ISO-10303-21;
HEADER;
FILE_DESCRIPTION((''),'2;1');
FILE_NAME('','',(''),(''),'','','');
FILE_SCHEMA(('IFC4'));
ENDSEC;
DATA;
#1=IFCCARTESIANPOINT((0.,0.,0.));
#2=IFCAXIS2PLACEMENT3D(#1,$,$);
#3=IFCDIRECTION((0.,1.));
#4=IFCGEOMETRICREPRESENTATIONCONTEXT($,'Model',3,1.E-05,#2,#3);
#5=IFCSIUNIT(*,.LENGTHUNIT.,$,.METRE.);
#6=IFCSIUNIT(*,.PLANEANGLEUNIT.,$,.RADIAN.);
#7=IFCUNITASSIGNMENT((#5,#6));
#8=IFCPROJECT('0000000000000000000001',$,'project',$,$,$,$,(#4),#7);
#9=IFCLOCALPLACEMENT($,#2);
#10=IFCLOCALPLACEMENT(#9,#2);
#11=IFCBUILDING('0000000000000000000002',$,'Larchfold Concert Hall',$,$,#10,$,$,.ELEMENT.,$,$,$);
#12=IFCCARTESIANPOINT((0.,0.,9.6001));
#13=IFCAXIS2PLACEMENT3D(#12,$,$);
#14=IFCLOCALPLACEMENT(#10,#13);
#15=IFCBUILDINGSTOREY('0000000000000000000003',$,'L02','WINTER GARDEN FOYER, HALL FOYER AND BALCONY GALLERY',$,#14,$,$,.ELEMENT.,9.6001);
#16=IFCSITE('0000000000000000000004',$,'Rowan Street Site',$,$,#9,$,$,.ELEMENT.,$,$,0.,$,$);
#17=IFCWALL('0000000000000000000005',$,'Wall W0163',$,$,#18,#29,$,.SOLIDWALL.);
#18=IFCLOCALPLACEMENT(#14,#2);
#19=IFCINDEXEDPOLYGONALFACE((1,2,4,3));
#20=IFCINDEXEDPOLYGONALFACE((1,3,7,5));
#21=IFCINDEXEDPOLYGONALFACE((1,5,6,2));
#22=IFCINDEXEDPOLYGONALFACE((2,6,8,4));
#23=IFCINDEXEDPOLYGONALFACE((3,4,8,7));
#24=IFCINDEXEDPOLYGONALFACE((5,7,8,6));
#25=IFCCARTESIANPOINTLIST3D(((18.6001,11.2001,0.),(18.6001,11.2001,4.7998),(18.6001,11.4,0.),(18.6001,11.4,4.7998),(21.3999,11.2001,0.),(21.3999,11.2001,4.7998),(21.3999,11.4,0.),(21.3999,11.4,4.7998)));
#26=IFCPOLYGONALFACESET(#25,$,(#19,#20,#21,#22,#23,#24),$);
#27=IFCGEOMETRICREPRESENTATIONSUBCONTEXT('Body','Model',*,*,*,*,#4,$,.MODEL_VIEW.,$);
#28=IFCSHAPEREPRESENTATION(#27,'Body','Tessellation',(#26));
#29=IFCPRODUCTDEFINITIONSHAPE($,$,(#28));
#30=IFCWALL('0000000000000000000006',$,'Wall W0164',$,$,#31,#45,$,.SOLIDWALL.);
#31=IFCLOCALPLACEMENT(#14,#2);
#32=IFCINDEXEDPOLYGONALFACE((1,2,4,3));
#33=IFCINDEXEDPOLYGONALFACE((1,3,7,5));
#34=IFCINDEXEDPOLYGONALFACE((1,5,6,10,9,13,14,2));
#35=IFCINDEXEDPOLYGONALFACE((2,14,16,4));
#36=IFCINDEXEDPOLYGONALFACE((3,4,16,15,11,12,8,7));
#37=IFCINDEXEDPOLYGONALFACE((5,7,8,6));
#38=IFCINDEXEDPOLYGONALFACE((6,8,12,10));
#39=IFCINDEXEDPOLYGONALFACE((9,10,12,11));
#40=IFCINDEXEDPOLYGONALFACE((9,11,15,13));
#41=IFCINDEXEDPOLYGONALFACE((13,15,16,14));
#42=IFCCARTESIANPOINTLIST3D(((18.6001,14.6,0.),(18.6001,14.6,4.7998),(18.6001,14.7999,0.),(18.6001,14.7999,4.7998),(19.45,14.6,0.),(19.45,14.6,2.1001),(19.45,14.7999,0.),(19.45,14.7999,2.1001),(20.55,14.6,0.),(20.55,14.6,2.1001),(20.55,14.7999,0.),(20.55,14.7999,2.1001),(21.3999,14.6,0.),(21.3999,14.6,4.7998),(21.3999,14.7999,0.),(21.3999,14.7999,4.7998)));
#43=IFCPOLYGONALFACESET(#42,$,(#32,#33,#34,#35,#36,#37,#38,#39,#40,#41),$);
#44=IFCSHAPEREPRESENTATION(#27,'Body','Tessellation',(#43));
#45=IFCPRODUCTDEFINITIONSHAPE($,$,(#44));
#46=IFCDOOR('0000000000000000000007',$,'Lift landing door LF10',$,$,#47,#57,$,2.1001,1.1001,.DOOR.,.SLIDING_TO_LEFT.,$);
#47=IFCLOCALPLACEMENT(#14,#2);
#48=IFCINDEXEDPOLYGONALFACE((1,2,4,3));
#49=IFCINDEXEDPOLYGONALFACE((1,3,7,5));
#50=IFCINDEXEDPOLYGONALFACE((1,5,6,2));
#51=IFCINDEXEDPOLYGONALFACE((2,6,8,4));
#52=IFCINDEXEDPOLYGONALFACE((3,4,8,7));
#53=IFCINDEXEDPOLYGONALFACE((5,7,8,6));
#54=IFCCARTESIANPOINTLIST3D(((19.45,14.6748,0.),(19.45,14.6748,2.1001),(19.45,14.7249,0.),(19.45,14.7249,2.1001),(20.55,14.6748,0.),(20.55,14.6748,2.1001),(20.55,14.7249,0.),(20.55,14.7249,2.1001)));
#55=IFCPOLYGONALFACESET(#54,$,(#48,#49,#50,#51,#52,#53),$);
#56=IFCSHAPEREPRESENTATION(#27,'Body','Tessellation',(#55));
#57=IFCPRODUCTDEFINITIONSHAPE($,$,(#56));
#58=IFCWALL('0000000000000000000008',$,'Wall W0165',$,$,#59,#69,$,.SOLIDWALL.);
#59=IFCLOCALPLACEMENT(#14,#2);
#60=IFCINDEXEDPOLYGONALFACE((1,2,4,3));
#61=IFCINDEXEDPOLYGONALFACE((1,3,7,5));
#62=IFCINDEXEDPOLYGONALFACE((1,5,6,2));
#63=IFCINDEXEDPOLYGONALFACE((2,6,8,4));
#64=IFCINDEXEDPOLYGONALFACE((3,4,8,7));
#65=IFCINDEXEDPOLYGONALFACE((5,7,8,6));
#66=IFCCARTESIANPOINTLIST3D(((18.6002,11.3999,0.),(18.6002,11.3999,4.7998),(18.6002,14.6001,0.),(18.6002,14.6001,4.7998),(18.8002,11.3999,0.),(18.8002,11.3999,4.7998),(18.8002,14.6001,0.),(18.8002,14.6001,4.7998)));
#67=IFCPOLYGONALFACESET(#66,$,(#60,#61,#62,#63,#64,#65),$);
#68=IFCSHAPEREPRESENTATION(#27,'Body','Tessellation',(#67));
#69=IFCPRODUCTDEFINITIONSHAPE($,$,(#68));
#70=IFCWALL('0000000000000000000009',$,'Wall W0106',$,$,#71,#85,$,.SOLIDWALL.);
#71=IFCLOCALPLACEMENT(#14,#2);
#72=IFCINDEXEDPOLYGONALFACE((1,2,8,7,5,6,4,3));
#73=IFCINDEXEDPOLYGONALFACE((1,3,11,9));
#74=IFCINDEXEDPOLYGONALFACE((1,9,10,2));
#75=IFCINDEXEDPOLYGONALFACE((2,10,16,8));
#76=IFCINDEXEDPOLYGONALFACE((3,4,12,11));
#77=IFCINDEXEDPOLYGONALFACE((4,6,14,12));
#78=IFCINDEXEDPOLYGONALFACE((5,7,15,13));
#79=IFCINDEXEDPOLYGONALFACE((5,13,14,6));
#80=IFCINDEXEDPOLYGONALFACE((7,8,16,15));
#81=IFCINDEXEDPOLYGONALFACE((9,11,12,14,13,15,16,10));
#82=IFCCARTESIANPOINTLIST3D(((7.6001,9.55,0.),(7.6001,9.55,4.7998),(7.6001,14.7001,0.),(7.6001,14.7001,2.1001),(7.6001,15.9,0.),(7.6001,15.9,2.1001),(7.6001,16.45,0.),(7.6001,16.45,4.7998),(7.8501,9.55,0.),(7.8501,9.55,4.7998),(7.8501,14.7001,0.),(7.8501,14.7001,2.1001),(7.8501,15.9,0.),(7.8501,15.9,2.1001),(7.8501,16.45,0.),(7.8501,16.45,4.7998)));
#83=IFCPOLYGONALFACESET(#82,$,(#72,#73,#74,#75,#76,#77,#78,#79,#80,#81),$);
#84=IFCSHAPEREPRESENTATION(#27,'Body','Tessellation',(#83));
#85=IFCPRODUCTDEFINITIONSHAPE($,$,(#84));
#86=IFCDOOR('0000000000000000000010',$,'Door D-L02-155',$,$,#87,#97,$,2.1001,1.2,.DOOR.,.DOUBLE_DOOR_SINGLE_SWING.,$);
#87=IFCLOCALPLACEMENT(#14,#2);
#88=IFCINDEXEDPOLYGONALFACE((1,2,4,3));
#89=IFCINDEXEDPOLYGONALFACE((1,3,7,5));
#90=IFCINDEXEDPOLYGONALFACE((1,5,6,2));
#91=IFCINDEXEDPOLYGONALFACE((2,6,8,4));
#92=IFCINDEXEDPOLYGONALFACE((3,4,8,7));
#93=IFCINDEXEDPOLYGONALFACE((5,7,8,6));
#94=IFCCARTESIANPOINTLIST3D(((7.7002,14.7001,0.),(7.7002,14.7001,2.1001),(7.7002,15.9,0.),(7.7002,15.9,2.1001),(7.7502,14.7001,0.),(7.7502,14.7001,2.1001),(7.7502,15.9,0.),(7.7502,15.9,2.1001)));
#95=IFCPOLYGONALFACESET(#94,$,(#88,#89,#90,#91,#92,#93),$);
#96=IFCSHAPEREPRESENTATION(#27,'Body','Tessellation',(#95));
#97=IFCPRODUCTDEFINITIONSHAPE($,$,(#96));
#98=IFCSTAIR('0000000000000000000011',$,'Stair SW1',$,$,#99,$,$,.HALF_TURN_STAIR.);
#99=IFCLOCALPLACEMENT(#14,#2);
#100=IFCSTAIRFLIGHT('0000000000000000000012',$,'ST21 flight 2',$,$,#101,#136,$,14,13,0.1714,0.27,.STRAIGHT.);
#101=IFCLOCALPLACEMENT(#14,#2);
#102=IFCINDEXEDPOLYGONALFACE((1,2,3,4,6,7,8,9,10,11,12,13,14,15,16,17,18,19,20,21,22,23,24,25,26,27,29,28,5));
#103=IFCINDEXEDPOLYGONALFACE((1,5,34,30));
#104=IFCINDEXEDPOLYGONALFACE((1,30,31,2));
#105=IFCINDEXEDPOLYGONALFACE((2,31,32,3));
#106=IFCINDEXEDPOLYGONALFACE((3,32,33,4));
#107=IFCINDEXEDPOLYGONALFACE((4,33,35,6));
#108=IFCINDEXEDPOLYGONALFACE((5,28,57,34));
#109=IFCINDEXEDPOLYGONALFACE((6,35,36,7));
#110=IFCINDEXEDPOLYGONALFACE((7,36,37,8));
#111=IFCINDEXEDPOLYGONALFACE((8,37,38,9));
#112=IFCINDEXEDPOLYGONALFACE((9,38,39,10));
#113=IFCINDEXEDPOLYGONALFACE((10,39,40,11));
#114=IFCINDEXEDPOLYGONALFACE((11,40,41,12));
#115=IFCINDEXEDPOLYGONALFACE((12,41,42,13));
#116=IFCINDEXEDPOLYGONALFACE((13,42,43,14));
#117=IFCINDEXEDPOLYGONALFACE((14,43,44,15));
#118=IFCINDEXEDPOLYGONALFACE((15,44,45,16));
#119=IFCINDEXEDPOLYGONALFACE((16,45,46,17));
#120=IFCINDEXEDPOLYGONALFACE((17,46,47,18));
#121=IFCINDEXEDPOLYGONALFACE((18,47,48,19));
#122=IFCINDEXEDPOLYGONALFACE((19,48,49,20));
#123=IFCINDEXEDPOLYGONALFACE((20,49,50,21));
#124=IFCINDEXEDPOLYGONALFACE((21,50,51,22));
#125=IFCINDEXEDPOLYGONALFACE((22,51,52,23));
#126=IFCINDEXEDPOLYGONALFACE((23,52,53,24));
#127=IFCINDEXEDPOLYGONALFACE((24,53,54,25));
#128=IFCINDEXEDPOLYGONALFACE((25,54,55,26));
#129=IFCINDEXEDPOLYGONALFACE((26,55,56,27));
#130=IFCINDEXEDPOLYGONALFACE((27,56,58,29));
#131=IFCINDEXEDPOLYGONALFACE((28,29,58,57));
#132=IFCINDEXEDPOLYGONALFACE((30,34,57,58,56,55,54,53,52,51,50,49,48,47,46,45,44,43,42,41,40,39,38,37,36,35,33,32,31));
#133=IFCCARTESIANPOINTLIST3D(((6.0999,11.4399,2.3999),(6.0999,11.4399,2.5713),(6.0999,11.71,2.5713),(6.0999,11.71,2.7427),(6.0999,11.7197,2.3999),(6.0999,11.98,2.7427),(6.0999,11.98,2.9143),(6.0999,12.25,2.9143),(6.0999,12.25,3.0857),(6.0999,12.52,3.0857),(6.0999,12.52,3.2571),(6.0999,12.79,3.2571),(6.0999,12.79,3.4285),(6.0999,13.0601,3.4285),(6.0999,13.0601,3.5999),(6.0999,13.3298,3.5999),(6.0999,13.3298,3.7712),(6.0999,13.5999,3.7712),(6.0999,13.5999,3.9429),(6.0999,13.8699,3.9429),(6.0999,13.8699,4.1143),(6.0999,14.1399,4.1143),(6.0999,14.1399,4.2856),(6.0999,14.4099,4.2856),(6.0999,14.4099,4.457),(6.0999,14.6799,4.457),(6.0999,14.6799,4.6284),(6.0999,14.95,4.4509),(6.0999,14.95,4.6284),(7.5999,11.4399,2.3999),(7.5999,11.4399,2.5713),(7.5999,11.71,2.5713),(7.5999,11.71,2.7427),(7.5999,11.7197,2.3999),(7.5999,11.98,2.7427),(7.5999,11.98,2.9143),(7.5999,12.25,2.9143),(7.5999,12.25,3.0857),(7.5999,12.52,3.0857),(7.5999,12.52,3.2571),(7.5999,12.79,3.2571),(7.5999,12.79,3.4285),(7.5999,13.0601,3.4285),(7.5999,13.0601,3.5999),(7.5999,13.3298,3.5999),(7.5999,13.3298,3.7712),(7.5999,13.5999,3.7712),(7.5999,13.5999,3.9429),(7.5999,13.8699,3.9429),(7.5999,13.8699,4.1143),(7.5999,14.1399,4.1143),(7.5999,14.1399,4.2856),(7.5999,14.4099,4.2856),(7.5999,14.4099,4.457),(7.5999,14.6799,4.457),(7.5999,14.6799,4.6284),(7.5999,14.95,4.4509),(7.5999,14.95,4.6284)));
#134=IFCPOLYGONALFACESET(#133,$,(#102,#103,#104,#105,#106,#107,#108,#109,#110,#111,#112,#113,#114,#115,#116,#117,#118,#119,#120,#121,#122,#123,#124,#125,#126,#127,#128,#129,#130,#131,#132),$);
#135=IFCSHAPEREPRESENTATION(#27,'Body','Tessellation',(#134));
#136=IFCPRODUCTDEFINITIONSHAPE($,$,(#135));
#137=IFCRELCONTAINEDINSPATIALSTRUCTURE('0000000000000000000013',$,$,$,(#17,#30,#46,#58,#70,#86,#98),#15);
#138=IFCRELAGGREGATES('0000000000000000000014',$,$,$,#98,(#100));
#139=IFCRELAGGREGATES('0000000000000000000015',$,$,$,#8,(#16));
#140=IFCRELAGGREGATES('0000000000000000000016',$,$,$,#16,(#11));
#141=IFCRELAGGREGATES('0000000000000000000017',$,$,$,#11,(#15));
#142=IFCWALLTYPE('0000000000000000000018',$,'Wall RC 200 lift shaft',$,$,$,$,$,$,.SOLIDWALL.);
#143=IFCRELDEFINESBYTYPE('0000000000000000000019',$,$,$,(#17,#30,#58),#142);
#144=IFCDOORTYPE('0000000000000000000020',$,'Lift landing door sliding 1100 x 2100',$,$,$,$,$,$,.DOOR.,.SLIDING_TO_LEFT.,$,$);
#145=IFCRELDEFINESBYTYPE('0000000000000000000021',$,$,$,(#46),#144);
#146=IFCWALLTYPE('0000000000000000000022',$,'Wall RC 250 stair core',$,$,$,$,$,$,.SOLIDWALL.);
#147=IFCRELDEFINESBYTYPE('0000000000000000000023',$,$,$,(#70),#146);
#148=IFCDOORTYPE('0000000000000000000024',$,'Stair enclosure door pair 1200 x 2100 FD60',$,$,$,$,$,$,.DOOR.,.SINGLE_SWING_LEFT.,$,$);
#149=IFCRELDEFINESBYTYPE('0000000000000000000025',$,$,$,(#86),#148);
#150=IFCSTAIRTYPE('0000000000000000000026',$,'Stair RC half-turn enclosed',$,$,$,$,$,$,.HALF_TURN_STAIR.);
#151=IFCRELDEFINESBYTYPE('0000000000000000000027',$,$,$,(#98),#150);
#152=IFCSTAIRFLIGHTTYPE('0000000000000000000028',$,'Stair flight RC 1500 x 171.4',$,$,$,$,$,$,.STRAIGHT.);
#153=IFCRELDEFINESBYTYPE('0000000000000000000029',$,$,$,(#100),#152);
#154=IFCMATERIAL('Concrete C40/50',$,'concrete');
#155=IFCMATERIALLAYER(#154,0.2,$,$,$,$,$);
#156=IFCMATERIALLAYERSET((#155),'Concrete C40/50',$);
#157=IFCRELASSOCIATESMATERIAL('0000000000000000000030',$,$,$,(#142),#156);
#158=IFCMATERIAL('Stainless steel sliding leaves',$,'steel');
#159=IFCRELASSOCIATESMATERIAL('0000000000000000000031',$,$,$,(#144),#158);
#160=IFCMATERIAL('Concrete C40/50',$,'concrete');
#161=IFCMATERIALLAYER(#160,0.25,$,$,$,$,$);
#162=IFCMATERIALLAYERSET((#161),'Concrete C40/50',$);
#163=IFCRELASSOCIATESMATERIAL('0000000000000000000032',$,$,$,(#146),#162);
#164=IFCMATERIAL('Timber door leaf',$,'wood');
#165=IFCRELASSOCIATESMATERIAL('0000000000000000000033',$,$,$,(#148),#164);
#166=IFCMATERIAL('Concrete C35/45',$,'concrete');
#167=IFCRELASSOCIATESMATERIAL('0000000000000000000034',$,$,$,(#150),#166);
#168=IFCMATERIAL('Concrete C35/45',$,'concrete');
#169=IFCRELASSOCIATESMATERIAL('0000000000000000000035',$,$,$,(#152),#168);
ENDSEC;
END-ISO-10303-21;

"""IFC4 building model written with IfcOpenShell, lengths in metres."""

from ifc_helpers import new_model, si_unit, direction, frame, frame_2d, origin, place, context, subcontext, project, spatial, polyline, rectangle, outline, extrude, material, layer, layer_set, type_object, element, fill, aggregate, save


model = new_model("IFC4")

# Units and contexts
model_context = context("Model", 3, precision=1e-05, world=origin(), true_north=direction((0.0, 1.0)))
body_context = subcontext(model_context, "Body", "Model", "MODEL_VIEW")
ifc_project = project(units=[si_unit("LENGTHUNIT", "METRE"), si_unit("PLANEANGLEUNIT", "RADIAN")], contexts=[model_context])

# Site, building, storey
site_placement = place(None, origin())
site = spatial("IfcSite", under=ifc_project, at=site_placement, Name="Rowan Street Site", CompositionType="ELEMENT", RefElevation=0.0)
building_placement = place(site_placement, origin())
building = spatial("IfcBuilding", under=site, at=building_placement, Name="Larchfold Concert Hall", CompositionType="ELEMENT")
storey_placement = place(building_placement, frame((0.0, 0.0, 9.6001)))
storey = spatial("IfcBuildingStorey", under=building, at=storey_placement, Name="L02", Description="WINTER GARDEN FOYER, HALL FOYER AND BALCONY GALLERY", CompositionType="ELEMENT", Elevation=9.6001)

# Wall
ifc_material_1 = material(Name="Concrete C40/50", Category="concrete")
ifc_layer_1 = layer(ifc_material_1, 0.2)
ifc_layer_set_1 = layer_set([ifc_layer_1], Name="Concrete C40/50")
wall_type_1 = type_object("IfcWallType", Name="Wall RC 200 lift shaft", PredefinedType="SOLIDWALL", material=ifc_layer_set_1)
wall_1_placement = place(storey_placement, frame((18.6001, 11.3, 0.0), z_axis=(0.0, 0.0, 1.0), x_axis=(1.0, 0.0, 0.0)))
element("IfcWall", 1, at=wall_1_placement, inside=storey, type_object=wall_type_1, Name="Wall W0163", PredefinedType="SOLIDWALL", context=body_context, shape_type="SweptSolid", body=[
    extrude(rectangle(XDim=2.7998, YDim=0.2, at=frame_2d((1.3999, 0.0))), origin(), (0.0, 0.0, 1.0), 4.7998),
])

# Wall, opening, door
wall_2_placement = place(storey_placement, frame((18.6001, 14.7, 0.0), z_axis=(0.0, 0.0, 1.0), x_axis=(1.0, 0.0, 0.0)))
wall_2 = element("IfcWall", 2, at=wall_2_placement, inside=storey, type_object=wall_type_1, Name="Wall W0164", PredefinedType="SOLIDWALL", context=body_context, shape_type="SweptSolid", body=[
    extrude(rectangle(XDim=2.7998, YDim=0.2, at=frame_2d((1.3999, 0.0))), origin(), (0.0, 0.0, 1.0), 4.7998),
])
opening_1_placement = place(wall_2_placement, frame((0.8499, 0.0, 0.0)))
opening_1 = element("IfcOpeningElement", 3, at=opening_1_placement, cuts=wall_2, PredefinedType="OPENING", context=body_context, shape_type="SweptSolid", body=[
    extrude(rectangle(XDim=1.1001, YDim=2.1001, at=frame_2d((0.55, 1.05))), frame((0.0, 0.1099, 0.0), z_axis=(0.0, -1.0, 0.0), x_axis=(1.0, 0.0, 0.0)), (0.0, 0.0, 1.0), 0.22),
])
ifc_material_2 = material(Name="Stainless steel sliding leaves", Category="steel")
door_type_1 = type_object("IfcDoorType", Name="Lift landing door sliding 1100 x 2100", OperationType="SLIDING_TO_LEFT", PredefinedType="DOOR", material=ifc_material_2)
door_1_placement = place(opening_1_placement, origin())
door_1 = element("IfcDoor", 4, at=door_1_placement, inside=storey, type_object=door_type_1, Name="Lift landing door LF10", OperationType="SLIDING_TO_LEFT", OverallHeight=2.1001, OverallWidth=1.1001, PredefinedType="DOOR", context=body_context, shape_type="SweptSolid", body=[
    extrude(rectangle(XDim=1.1001, YDim=2.1001, at=frame_2d((0.55, 1.05))), frame((0.0, 0.0249, 0.0), z_axis=(0.0, -1.0, 0.0), x_axis=(1.0, 0.0, 0.0)), (0.0, 0.0, 1.0), 0.05),
])
fill(opening_1, door_1)

# Wall
wall_3_placement = place(storey_placement, frame((18.7002, 11.3999, 0.0), z_axis=(0.0, 0.0, 1.0), x_axis=(0.0, 1.0, 0.0)))
element("IfcWall", 5, at=wall_3_placement, inside=storey, type_object=wall_type_1, Name="Wall W0165", PredefinedType="SOLIDWALL", context=body_context, shape_type="SweptSolid", body=[
    extrude(rectangle(XDim=3.2002, YDim=0.2, at=frame_2d((1.6001, 0.0))), origin(), (0.0, 0.0, 1.0), 4.7998),
])

# Wall, opening, door
ifc_material_3 = material(Name="Concrete C40/50", Category="concrete")
ifc_layer_2 = layer(ifc_material_3, 0.25)
ifc_layer_set_2 = layer_set([ifc_layer_2], Name="Concrete C40/50")
wall_type_2 = type_object("IfcWallType", Name="Wall RC 250 stair core", PredefinedType="SOLIDWALL", material=ifc_layer_set_2)
wall_4_placement = place(storey_placement, frame((7.7251, 9.55, 0.0), z_axis=(0.0, 0.0, 1.0), x_axis=(0.0, 1.0, 0.0)))
wall_4 = element("IfcWall", 6, at=wall_4_placement, inside=storey, type_object=wall_type_2, Name="Wall W0106", PredefinedType="SOLIDWALL", context=body_context, shape_type="SweptSolid", body=[
    extrude(rectangle(XDim=6.8999, YDim=0.25, at=frame_2d((3.45, 0.0))), origin(), (0.0, 0.0, 1.0), 4.7998),
])
opening_2_placement = place(wall_4_placement, frame((5.1499, 0.0, 0.0)))
opening_2 = element("IfcOpeningElement", 7, at=opening_2_placement, cuts=wall_4, PredefinedType="OPENING", context=body_context, shape_type="SweptSolid", body=[
    extrude(rectangle(XDim=1.2, YDim=2.1001, at=frame_2d((0.6001, 1.05))), frame((0.0, 0.135, 0.0), z_axis=(0.0, -1.0, 0.0), x_axis=(1.0, 0.0, 0.0)), (0.0, 0.0, 1.0), 0.27),
])
ifc_material_4 = material(Name="Timber door leaf", Category="wood")
door_type_2 = type_object("IfcDoorType", Name="Stair enclosure door pair 1200 x 2100 FD60", OperationType="SINGLE_SWING_LEFT", PredefinedType="DOOR", material=ifc_material_4)
door_2_placement = place(opening_2_placement, origin())
door_2 = element("IfcDoor", 8, at=door_2_placement, inside=storey, type_object=door_type_2, Name="Door D-L02-155", OperationType="DOUBLE_DOOR_SINGLE_SWING", OverallHeight=2.1001, OverallWidth=1.2, PredefinedType="DOOR", context=body_context, shape_type="SweptSolid", body=[
    extrude(rectangle(XDim=1.2, YDim=2.1001, at=frame_2d((0.6001, 1.05))), frame((0.0, 0.0249, 0.0), z_axis=(0.0, -1.0, 0.0), x_axis=(1.0, 0.0, 0.0)), (0.0, 0.0, 1.0), 0.05),
])
fill(opening_2, door_2)

# Stair, stair flight
ifc_material_5 = material(Name="Concrete C35/45", Category="concrete")
stair_type = type_object("IfcStairType", Name="Stair RC half-turn enclosed", PredefinedType="HALF_TURN_STAIR", material=ifc_material_5)
stair_placement = place(storey_placement, origin())
stair = element("IfcStair", 9, at=stair_placement, inside=storey, type_object=stair_type, Name="Stair SW1", PredefinedType="HALF_TURN_STAIR")
ifc_material_6 = material(Name="Concrete C35/45", Category="concrete")
stair_flight_type = type_object("IfcStairFlightType", Name="Stair flight RC 1500 x 171.4", PredefinedType="STRAIGHT", material=ifc_material_6)
stair_flight_placement = place(storey_placement, frame((6.8499, 11.4399, 2.3999), z_axis=(0.0, 0.0, 1.0), x_axis=(0.0, 1.0, 0.0)))
stair_flight = element("IfcStairFlight", 10, at=stair_flight_placement, type_object=stair_flight_type, Name="ST21 flight 2", NumberOfRisers=14, NumberOfTreads=13, PredefinedType="STRAIGHT", RiserHeight=0.1714, TreadLength=0.27, context=body_context, shape_type="SweptSolid", body=[
    extrude(outline(polyline([(0.0, 0.0), (0.0, 0.1714), (0.27, 0.1714), (0.27, 0.3428), (0.54, 0.3428), (0.54, 0.5144), (0.8101, 0.5144), (0.8101, 0.6858), (1.0801, 0.6858), (1.0801, 0.8572), (1.3501, 0.8572), (1.3501, 1.0286), (1.6201, 1.0286), (1.6201, 1.2), (1.8899, 1.2), (1.8899, 1.3713), (2.1599, 1.3713), (2.1599, 1.543), (2.4299, 1.543), (2.4299, 1.7144), (2.7, 1.7144), (2.7, 1.8857), (2.97, 1.8857), (2.97, 2.0571), (3.24, 2.0571), (3.24, 2.2285), (3.51, 2.2285), (3.51, 2.3999), (3.51, 2.051), (0.2798, 0.0), (0.0, 0.0)])), frame((0.0, 0.75, 0.0), z_axis=(0.0, -1.0, 0.0), x_axis=(1.0, 0.0, 0.0)), (0.0, 0.0, 1.0), 1.5),
])
aggregate(stair, [stair_flight])

save(model, "model.ifc")
